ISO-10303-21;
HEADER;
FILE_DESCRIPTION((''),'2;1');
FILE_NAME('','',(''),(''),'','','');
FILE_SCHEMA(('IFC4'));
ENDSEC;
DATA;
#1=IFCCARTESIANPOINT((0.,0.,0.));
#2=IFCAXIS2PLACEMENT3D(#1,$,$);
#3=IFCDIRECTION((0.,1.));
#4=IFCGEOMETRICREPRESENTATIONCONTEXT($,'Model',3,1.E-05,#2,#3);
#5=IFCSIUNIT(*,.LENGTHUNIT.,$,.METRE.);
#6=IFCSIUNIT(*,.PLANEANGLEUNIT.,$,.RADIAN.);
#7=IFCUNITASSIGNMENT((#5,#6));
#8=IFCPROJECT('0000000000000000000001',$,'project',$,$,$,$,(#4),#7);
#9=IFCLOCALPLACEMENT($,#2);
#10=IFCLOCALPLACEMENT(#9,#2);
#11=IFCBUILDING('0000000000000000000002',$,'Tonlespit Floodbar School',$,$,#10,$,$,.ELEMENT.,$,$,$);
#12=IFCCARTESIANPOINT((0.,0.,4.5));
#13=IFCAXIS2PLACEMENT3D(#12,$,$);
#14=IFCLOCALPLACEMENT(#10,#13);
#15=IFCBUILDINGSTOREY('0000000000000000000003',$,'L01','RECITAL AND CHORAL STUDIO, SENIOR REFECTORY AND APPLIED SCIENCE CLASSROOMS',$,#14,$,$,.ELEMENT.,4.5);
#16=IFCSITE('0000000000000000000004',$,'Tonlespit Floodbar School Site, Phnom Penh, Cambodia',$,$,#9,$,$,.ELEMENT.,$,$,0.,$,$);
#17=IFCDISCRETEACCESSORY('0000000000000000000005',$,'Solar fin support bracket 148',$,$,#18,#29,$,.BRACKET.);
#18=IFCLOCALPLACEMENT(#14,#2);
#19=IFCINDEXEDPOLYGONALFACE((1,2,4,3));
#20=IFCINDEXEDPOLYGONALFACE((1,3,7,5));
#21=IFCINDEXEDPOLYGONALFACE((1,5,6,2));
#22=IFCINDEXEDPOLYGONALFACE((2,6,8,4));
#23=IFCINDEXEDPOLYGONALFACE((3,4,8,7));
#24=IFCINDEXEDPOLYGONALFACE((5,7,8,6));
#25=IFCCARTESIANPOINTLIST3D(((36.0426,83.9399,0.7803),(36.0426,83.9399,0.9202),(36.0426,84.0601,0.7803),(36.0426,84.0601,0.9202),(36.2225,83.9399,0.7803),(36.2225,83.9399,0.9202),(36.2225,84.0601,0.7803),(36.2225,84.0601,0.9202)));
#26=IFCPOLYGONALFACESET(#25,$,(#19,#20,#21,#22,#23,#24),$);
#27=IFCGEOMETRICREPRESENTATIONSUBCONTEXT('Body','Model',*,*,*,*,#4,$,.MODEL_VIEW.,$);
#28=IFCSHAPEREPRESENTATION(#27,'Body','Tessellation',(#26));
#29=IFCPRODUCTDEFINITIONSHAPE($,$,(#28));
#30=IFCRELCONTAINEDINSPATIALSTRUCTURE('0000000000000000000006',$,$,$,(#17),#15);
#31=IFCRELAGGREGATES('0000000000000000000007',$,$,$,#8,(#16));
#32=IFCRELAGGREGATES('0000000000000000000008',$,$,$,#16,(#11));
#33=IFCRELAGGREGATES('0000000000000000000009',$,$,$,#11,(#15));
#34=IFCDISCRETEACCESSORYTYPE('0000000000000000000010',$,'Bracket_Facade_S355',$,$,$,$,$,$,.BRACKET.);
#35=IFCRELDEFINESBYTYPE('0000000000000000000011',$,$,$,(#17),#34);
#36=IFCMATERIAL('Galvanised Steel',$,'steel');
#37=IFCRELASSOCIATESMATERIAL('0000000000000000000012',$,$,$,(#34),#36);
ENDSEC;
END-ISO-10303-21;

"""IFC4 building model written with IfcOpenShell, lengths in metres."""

from ifc_helpers import new_model, si_unit, direction, frame, origin, origin_2d, place, context, subcontext, project, spatial, rectangle, extrude, material, type_object, element, save


model = new_model("IFC4")

# Units and contexts
model_context = context("Model", 3, precision=1e-05, world=origin(), true_north=direction((0.0, 1.0)))
body_context = subcontext(model_context, "Body", "Model", "MODEL_VIEW")
ifc_project = project(units=[si_unit("LENGTHUNIT", "METRE"), si_unit("PLANEANGLEUNIT", "RADIAN")], contexts=[model_context])

# Site, building, storey
site_placement = place(None, origin())
site = spatial("IfcSite", under=ifc_project, at=site_placement, Name="Tonlespit Floodbar School Site, Phnom Penh, Cambodia", CompositionType="ELEMENT", RefElevation=0.0)
building_placement = place(site_placement, origin())
building = spatial("IfcBuilding", under=site, at=building_placement, Name="Tonlespit Floodbar School", CompositionType="ELEMENT")
storey_placement = place(building_placement, frame((0.0, 0.0, 4.5)))
storey = spatial("IfcBuildingStorey", under=building, at=storey_placement, Name="L01", Description="RECITAL AND CHORAL STUDIO, SENIOR REFECTORY AND APPLIED SCIENCE CLASSROOMS", CompositionType="ELEMENT", Elevation=4.5)

# Discrete accessory
ifc_material_1 = material(Name="Galvanised Steel", Category="steel")
discrete_accessory_type = type_object("IfcDiscreteAccessoryType", Name="Bracket_Facade_S355", PredefinedType="BRACKET", material=ifc_material_1)
discrete_accessory_placement = place(storey_placement, frame((36.1326, 84.0, 0.7803), z_axis=(0.0, 0.0, 1.0), x_axis=(0.0, -1.0, 0.0)))
element("IfcDiscreteAccessory", 1, at=discrete_accessory_placement, inside=storey, type_object=discrete_accessory_type, Name="Solar fin support bracket 148", PredefinedType="BRACKET", context=body_context, shape_type="SweptSolid", body=[
    extrude(rectangle(XDim=0.1201, YDim=0.1799, at=origin_2d()), origin(), (0.0, 0.0, 1.0), 0.1399),
])

save(model, "model.ifc")
